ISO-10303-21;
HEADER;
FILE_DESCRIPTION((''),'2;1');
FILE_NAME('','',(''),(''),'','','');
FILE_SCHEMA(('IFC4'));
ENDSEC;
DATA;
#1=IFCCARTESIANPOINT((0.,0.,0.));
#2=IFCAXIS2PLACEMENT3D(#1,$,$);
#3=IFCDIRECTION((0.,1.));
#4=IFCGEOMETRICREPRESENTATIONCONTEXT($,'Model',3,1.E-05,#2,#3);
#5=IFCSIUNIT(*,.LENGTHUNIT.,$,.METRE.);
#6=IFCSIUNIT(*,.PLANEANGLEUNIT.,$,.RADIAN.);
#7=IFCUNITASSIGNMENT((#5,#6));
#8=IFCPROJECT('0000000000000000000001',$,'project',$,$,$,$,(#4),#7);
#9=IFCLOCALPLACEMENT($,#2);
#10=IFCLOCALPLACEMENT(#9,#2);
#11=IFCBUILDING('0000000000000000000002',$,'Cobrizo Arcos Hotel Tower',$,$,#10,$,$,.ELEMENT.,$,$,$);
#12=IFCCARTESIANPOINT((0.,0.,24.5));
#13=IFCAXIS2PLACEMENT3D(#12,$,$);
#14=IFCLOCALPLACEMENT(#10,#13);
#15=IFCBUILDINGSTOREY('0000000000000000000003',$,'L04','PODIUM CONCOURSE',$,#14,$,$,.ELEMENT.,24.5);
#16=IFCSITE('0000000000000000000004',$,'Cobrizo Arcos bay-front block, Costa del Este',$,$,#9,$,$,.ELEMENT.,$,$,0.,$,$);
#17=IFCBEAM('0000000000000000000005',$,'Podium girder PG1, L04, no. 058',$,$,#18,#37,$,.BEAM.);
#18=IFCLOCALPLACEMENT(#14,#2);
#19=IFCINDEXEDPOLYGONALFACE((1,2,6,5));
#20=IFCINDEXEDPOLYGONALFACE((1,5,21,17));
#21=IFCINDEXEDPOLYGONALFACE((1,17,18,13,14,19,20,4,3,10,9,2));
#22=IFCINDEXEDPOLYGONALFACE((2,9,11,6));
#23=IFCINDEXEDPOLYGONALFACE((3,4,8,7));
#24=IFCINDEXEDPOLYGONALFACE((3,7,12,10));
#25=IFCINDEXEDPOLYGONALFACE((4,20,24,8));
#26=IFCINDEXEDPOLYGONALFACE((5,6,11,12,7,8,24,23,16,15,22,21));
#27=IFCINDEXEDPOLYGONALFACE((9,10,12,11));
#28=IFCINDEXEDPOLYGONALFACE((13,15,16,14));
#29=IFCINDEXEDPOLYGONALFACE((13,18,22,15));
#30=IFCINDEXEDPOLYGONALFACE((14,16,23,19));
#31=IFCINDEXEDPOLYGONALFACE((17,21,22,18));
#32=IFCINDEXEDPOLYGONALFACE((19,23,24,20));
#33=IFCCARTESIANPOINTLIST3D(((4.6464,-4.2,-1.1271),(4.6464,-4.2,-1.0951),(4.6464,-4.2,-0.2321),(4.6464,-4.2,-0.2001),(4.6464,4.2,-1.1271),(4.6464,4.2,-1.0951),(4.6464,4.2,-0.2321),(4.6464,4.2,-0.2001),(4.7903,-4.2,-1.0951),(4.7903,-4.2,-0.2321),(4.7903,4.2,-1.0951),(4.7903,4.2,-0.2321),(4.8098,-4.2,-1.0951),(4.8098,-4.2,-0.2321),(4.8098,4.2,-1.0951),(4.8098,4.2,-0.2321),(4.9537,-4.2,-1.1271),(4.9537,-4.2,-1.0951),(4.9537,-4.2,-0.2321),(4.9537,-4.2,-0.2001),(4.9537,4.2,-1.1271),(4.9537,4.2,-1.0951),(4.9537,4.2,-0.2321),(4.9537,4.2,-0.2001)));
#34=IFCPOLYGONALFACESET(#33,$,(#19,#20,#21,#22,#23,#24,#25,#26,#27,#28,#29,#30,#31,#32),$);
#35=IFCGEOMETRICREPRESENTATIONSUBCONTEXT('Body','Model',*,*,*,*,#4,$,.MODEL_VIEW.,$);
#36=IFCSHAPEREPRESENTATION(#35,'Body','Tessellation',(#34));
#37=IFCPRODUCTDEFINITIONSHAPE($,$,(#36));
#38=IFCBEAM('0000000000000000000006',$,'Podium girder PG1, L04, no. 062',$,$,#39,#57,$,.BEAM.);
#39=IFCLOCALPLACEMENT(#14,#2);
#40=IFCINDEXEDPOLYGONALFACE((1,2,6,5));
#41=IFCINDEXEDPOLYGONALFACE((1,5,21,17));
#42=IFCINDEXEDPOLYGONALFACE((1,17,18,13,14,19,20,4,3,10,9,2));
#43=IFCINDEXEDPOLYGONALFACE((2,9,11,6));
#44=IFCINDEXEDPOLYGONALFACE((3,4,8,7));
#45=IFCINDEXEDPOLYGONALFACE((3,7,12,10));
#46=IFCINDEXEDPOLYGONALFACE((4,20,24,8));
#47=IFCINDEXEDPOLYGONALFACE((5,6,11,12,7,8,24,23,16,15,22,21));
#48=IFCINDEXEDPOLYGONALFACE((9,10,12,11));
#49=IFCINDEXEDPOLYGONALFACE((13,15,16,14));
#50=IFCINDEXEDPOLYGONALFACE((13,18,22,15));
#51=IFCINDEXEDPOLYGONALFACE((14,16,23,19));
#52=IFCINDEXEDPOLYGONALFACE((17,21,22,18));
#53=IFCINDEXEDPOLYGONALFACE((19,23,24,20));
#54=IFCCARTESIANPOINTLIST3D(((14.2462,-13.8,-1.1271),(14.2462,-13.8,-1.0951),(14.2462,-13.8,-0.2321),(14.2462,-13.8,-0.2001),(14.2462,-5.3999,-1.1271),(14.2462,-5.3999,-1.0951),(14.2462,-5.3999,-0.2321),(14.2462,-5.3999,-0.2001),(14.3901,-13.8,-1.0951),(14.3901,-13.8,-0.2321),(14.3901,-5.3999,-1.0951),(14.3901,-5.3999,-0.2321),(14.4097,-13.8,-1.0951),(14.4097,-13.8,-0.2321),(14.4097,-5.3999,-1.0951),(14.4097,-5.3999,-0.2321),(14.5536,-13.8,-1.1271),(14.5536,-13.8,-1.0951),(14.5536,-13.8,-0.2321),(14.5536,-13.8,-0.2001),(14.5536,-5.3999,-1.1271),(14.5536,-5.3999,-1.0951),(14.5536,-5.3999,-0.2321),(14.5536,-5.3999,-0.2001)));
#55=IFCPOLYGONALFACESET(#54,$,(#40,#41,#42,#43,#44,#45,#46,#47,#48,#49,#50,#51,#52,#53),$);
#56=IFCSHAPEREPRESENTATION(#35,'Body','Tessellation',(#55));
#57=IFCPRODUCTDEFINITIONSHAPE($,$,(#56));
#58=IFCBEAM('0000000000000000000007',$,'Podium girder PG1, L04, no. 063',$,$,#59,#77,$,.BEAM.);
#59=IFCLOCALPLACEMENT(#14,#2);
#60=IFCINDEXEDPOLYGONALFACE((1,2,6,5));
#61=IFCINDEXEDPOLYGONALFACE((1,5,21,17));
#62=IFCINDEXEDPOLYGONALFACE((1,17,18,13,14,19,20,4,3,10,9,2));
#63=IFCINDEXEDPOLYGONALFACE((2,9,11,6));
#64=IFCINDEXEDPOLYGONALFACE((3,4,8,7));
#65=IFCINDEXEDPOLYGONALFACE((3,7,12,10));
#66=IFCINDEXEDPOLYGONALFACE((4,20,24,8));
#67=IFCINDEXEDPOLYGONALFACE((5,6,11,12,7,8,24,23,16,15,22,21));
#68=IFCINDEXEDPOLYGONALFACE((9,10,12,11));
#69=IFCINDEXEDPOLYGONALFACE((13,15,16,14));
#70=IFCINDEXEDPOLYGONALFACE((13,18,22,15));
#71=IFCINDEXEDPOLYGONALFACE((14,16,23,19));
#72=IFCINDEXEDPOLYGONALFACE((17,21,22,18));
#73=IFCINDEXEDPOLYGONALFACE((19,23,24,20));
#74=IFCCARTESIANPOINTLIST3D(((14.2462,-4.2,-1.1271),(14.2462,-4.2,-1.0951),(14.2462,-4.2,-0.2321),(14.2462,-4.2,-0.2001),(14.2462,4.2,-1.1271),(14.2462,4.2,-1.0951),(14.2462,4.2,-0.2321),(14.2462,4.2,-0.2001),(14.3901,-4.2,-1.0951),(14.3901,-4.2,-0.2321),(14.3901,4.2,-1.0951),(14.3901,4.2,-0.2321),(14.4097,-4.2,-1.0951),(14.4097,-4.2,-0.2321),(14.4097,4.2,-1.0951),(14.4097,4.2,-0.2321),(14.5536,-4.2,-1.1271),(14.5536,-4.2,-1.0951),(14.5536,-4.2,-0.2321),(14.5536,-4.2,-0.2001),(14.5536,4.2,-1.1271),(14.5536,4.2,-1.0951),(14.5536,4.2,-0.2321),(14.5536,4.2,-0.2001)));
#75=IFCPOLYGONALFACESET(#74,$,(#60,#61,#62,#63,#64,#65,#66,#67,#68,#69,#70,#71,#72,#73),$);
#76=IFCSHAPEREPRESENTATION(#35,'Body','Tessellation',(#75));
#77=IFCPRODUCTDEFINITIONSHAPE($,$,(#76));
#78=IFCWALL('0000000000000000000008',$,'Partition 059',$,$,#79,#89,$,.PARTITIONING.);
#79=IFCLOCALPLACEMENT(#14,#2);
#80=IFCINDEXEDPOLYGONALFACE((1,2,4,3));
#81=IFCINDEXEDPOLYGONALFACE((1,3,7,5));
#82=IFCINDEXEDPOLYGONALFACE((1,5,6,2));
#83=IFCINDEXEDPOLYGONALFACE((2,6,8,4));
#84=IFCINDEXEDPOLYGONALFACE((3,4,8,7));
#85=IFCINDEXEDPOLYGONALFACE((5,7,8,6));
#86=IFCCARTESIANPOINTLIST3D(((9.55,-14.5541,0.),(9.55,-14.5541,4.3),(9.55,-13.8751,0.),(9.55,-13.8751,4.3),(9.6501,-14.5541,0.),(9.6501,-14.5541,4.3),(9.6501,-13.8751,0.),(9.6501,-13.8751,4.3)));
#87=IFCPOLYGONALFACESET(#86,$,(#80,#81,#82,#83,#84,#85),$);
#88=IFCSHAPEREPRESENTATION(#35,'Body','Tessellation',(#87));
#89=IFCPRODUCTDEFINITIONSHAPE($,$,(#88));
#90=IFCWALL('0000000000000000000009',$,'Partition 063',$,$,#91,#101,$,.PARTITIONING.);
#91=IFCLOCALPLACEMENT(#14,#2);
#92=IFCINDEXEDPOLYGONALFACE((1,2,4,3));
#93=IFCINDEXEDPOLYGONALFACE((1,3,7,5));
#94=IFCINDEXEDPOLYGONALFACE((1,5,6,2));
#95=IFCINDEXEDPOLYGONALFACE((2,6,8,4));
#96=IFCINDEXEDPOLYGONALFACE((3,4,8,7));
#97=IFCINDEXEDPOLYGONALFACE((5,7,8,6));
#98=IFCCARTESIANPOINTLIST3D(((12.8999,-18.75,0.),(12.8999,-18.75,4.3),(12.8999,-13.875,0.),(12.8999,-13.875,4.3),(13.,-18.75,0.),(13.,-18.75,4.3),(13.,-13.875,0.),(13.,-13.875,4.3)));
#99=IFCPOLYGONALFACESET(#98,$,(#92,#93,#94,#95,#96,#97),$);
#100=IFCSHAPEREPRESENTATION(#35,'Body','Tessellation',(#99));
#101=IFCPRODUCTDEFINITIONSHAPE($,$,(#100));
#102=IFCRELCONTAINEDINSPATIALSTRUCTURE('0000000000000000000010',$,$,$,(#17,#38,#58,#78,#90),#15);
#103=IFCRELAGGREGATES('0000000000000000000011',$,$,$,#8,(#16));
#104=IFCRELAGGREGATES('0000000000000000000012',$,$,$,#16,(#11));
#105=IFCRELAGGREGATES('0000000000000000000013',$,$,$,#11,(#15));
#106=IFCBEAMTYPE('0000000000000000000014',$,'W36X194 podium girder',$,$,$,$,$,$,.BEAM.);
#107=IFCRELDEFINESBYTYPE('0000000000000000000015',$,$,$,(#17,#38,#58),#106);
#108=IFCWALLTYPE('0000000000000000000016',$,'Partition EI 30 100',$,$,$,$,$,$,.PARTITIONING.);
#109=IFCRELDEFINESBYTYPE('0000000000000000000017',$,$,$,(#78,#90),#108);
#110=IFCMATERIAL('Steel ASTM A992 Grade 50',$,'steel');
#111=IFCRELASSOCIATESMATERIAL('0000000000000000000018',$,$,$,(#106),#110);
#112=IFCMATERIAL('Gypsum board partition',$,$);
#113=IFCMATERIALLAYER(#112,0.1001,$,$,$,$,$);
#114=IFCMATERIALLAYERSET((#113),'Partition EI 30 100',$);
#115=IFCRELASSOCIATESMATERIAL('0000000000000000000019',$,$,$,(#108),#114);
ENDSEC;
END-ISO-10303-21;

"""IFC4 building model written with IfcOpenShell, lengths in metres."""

from ifc_helpers import new_model, si_unit, direction, frame, frame_2d, origin, origin_2d, place, context, subcontext, project, spatial, rectangle, i_section, extrude, material, layer, layer_set, material_profile, profile_set, type_object, element, save


model = new_model("IFC4")

# Units and contexts
model_context = context("Model", 3, precision=1e-05, world=origin(), true_north=direction((0.0, 1.0)))
body_context = subcontext(model_context, "Body", "Model", "MODEL_VIEW")
ifc_project = project(units=[si_unit("LENGTHUNIT", "METRE"), si_unit("PLANEANGLEUNIT", "RADIAN")], contexts=[model_context])

# Site, building, storey
site_placement = place(None, origin())
site = spatial("IfcSite", under=ifc_project, at=site_placement, Name="Cobrizo Arcos bay-front block, Costa del Este", CompositionType="ELEMENT", RefElevation=0.0)
building_placement = place(site_placement, origin())
building = spatial("IfcBuilding", under=site, at=building_placement, Name="Cobrizo Arcos Hotel Tower", CompositionType="ELEMENT")
storey_placement = place(building_placement, frame((0.0, 0.0, 24.5)))
storey = spatial("IfcBuildingStorey", under=building, at=storey_placement, Name="L04", Description="PODIUM CONCOURSE", CompositionType="ELEMENT", Elevation=24.5)

# Beams
ifc_material_1 = material(Name="Steel ASTM A992 Grade 50", Category="steel")
ifc_material_profile_1 = material_profile(ifc_material_1, i_section(OverallWidth=0.3074, OverallDepth=0.927, WebThickness=0.0195, FlangeThickness=0.032, at=origin_2d()), Name="W36X194")
ifc_profile_set_1 = profile_set([ifc_material_profile_1], Name="Steel ASTM A992 Grade 50")
beam_type_1 = type_object("IfcBeamType", Name="W36X194 podium girder", PredefinedType="BEAM", material=ifc_profile_set_1)
beam_1_placement = place(storey_placement, frame((4.8, -4.2, -0.6636), z_axis=(0.0, 1.0, 0.0), x_axis=(-1.0, 0.0, 0.0)))
element("IfcBeam", 1, at=beam_1_placement, inside=storey, type_object=beam_type_1, Name="Podium girder PG1, L04, no. 058", PredefinedType="BEAM", context=body_context, shape_type="SweptSolid", body=[
    extrude(i_section(OverallWidth=0.3074, OverallDepth=0.927, WebThickness=0.0195, FlangeThickness=0.032, at=origin_2d()), origin(), (0.0, 0.0, 1.0), 8.3999),
])
beam_2_placement = place(storey_placement, frame((14.3999, -13.8, -0.6636), z_axis=(0.0, 1.0, 0.0), x_axis=(-1.0, 0.0, 0.0)))
element("IfcBeam", 2, at=beam_2_placement, inside=storey, type_object=beam_type_1, Name="Podium girder PG1, L04, no. 062", PredefinedType="BEAM", context=body_context, shape_type="SweptSolid", body=[
    extrude(i_section(OverallWidth=0.3074, OverallDepth=0.927, WebThickness=0.0195, FlangeThickness=0.032, at=origin_2d()), origin(), (0.0, 0.0, 1.0), 8.4001),
])
beam_3_placement = place(storey_placement, frame((14.3999, -4.2, -0.6636), z_axis=(0.0, 1.0, 0.0), x_axis=(-1.0, 0.0, 0.0)))
element("IfcBeam", 3, at=beam_3_placement, inside=storey, type_object=beam_type_1, Name="Podium girder PG1, L04, no. 063", PredefinedType="BEAM", context=body_context, shape_type="SweptSolid", body=[
    extrude(i_section(OverallWidth=0.3074, OverallDepth=0.927, WebThickness=0.0195, FlangeThickness=0.032, at=origin_2d()), origin(), (0.0, 0.0, 1.0), 8.3999),
])

# Walls
ifc_material_2 = material(Name="Gypsum board partition")
ifc_layer = layer(ifc_material_2, 0.1001)
ifc_layer_set = layer_set([ifc_layer], Name="Partition EI 30 100")
wall_type = type_object("IfcWallType", Name="Partition EI 30 100", PredefinedType="PARTITIONING", material=ifc_layer_set)
wall_1_placement = place(storey_placement, frame((9.6001, -14.554, 0.0), z_axis=(0.0, 0.0, 1.0), x_axis=(0.0, 1.0, 0.0)))
element("IfcWall", 4, at=wall_1_placement, inside=storey, type_object=wall_type, Name="Partition 059", PredefinedType="PARTITIONING", context=body_context, shape_type="SweptSolid", body=[
    extrude(rectangle(XDim=0.679, YDim=0.1001, at=frame_2d((0.3394, 0.0))), origin(), (0.0, 0.0, 1.0), 4.3),
])
wall_2_placement = place(storey_placement, frame((12.95, -18.75, 0.0), z_axis=(0.0, 0.0, 1.0), x_axis=(0.0, 1.0, 0.0)))
element("IfcWall", 5, at=wall_2_placement, inside=storey, type_object=wall_type, Name="Partition 063", PredefinedType="PARTITIONING", context=body_context, shape_type="SweptSolid", body=[
    extrude(rectangle(XDim=4.875, YDim=0.1001, at=frame_2d((2.4375, 0.0))), origin(), (0.0, 0.0, 1.0), 4.3),
])

save(model, "model.ifc")
